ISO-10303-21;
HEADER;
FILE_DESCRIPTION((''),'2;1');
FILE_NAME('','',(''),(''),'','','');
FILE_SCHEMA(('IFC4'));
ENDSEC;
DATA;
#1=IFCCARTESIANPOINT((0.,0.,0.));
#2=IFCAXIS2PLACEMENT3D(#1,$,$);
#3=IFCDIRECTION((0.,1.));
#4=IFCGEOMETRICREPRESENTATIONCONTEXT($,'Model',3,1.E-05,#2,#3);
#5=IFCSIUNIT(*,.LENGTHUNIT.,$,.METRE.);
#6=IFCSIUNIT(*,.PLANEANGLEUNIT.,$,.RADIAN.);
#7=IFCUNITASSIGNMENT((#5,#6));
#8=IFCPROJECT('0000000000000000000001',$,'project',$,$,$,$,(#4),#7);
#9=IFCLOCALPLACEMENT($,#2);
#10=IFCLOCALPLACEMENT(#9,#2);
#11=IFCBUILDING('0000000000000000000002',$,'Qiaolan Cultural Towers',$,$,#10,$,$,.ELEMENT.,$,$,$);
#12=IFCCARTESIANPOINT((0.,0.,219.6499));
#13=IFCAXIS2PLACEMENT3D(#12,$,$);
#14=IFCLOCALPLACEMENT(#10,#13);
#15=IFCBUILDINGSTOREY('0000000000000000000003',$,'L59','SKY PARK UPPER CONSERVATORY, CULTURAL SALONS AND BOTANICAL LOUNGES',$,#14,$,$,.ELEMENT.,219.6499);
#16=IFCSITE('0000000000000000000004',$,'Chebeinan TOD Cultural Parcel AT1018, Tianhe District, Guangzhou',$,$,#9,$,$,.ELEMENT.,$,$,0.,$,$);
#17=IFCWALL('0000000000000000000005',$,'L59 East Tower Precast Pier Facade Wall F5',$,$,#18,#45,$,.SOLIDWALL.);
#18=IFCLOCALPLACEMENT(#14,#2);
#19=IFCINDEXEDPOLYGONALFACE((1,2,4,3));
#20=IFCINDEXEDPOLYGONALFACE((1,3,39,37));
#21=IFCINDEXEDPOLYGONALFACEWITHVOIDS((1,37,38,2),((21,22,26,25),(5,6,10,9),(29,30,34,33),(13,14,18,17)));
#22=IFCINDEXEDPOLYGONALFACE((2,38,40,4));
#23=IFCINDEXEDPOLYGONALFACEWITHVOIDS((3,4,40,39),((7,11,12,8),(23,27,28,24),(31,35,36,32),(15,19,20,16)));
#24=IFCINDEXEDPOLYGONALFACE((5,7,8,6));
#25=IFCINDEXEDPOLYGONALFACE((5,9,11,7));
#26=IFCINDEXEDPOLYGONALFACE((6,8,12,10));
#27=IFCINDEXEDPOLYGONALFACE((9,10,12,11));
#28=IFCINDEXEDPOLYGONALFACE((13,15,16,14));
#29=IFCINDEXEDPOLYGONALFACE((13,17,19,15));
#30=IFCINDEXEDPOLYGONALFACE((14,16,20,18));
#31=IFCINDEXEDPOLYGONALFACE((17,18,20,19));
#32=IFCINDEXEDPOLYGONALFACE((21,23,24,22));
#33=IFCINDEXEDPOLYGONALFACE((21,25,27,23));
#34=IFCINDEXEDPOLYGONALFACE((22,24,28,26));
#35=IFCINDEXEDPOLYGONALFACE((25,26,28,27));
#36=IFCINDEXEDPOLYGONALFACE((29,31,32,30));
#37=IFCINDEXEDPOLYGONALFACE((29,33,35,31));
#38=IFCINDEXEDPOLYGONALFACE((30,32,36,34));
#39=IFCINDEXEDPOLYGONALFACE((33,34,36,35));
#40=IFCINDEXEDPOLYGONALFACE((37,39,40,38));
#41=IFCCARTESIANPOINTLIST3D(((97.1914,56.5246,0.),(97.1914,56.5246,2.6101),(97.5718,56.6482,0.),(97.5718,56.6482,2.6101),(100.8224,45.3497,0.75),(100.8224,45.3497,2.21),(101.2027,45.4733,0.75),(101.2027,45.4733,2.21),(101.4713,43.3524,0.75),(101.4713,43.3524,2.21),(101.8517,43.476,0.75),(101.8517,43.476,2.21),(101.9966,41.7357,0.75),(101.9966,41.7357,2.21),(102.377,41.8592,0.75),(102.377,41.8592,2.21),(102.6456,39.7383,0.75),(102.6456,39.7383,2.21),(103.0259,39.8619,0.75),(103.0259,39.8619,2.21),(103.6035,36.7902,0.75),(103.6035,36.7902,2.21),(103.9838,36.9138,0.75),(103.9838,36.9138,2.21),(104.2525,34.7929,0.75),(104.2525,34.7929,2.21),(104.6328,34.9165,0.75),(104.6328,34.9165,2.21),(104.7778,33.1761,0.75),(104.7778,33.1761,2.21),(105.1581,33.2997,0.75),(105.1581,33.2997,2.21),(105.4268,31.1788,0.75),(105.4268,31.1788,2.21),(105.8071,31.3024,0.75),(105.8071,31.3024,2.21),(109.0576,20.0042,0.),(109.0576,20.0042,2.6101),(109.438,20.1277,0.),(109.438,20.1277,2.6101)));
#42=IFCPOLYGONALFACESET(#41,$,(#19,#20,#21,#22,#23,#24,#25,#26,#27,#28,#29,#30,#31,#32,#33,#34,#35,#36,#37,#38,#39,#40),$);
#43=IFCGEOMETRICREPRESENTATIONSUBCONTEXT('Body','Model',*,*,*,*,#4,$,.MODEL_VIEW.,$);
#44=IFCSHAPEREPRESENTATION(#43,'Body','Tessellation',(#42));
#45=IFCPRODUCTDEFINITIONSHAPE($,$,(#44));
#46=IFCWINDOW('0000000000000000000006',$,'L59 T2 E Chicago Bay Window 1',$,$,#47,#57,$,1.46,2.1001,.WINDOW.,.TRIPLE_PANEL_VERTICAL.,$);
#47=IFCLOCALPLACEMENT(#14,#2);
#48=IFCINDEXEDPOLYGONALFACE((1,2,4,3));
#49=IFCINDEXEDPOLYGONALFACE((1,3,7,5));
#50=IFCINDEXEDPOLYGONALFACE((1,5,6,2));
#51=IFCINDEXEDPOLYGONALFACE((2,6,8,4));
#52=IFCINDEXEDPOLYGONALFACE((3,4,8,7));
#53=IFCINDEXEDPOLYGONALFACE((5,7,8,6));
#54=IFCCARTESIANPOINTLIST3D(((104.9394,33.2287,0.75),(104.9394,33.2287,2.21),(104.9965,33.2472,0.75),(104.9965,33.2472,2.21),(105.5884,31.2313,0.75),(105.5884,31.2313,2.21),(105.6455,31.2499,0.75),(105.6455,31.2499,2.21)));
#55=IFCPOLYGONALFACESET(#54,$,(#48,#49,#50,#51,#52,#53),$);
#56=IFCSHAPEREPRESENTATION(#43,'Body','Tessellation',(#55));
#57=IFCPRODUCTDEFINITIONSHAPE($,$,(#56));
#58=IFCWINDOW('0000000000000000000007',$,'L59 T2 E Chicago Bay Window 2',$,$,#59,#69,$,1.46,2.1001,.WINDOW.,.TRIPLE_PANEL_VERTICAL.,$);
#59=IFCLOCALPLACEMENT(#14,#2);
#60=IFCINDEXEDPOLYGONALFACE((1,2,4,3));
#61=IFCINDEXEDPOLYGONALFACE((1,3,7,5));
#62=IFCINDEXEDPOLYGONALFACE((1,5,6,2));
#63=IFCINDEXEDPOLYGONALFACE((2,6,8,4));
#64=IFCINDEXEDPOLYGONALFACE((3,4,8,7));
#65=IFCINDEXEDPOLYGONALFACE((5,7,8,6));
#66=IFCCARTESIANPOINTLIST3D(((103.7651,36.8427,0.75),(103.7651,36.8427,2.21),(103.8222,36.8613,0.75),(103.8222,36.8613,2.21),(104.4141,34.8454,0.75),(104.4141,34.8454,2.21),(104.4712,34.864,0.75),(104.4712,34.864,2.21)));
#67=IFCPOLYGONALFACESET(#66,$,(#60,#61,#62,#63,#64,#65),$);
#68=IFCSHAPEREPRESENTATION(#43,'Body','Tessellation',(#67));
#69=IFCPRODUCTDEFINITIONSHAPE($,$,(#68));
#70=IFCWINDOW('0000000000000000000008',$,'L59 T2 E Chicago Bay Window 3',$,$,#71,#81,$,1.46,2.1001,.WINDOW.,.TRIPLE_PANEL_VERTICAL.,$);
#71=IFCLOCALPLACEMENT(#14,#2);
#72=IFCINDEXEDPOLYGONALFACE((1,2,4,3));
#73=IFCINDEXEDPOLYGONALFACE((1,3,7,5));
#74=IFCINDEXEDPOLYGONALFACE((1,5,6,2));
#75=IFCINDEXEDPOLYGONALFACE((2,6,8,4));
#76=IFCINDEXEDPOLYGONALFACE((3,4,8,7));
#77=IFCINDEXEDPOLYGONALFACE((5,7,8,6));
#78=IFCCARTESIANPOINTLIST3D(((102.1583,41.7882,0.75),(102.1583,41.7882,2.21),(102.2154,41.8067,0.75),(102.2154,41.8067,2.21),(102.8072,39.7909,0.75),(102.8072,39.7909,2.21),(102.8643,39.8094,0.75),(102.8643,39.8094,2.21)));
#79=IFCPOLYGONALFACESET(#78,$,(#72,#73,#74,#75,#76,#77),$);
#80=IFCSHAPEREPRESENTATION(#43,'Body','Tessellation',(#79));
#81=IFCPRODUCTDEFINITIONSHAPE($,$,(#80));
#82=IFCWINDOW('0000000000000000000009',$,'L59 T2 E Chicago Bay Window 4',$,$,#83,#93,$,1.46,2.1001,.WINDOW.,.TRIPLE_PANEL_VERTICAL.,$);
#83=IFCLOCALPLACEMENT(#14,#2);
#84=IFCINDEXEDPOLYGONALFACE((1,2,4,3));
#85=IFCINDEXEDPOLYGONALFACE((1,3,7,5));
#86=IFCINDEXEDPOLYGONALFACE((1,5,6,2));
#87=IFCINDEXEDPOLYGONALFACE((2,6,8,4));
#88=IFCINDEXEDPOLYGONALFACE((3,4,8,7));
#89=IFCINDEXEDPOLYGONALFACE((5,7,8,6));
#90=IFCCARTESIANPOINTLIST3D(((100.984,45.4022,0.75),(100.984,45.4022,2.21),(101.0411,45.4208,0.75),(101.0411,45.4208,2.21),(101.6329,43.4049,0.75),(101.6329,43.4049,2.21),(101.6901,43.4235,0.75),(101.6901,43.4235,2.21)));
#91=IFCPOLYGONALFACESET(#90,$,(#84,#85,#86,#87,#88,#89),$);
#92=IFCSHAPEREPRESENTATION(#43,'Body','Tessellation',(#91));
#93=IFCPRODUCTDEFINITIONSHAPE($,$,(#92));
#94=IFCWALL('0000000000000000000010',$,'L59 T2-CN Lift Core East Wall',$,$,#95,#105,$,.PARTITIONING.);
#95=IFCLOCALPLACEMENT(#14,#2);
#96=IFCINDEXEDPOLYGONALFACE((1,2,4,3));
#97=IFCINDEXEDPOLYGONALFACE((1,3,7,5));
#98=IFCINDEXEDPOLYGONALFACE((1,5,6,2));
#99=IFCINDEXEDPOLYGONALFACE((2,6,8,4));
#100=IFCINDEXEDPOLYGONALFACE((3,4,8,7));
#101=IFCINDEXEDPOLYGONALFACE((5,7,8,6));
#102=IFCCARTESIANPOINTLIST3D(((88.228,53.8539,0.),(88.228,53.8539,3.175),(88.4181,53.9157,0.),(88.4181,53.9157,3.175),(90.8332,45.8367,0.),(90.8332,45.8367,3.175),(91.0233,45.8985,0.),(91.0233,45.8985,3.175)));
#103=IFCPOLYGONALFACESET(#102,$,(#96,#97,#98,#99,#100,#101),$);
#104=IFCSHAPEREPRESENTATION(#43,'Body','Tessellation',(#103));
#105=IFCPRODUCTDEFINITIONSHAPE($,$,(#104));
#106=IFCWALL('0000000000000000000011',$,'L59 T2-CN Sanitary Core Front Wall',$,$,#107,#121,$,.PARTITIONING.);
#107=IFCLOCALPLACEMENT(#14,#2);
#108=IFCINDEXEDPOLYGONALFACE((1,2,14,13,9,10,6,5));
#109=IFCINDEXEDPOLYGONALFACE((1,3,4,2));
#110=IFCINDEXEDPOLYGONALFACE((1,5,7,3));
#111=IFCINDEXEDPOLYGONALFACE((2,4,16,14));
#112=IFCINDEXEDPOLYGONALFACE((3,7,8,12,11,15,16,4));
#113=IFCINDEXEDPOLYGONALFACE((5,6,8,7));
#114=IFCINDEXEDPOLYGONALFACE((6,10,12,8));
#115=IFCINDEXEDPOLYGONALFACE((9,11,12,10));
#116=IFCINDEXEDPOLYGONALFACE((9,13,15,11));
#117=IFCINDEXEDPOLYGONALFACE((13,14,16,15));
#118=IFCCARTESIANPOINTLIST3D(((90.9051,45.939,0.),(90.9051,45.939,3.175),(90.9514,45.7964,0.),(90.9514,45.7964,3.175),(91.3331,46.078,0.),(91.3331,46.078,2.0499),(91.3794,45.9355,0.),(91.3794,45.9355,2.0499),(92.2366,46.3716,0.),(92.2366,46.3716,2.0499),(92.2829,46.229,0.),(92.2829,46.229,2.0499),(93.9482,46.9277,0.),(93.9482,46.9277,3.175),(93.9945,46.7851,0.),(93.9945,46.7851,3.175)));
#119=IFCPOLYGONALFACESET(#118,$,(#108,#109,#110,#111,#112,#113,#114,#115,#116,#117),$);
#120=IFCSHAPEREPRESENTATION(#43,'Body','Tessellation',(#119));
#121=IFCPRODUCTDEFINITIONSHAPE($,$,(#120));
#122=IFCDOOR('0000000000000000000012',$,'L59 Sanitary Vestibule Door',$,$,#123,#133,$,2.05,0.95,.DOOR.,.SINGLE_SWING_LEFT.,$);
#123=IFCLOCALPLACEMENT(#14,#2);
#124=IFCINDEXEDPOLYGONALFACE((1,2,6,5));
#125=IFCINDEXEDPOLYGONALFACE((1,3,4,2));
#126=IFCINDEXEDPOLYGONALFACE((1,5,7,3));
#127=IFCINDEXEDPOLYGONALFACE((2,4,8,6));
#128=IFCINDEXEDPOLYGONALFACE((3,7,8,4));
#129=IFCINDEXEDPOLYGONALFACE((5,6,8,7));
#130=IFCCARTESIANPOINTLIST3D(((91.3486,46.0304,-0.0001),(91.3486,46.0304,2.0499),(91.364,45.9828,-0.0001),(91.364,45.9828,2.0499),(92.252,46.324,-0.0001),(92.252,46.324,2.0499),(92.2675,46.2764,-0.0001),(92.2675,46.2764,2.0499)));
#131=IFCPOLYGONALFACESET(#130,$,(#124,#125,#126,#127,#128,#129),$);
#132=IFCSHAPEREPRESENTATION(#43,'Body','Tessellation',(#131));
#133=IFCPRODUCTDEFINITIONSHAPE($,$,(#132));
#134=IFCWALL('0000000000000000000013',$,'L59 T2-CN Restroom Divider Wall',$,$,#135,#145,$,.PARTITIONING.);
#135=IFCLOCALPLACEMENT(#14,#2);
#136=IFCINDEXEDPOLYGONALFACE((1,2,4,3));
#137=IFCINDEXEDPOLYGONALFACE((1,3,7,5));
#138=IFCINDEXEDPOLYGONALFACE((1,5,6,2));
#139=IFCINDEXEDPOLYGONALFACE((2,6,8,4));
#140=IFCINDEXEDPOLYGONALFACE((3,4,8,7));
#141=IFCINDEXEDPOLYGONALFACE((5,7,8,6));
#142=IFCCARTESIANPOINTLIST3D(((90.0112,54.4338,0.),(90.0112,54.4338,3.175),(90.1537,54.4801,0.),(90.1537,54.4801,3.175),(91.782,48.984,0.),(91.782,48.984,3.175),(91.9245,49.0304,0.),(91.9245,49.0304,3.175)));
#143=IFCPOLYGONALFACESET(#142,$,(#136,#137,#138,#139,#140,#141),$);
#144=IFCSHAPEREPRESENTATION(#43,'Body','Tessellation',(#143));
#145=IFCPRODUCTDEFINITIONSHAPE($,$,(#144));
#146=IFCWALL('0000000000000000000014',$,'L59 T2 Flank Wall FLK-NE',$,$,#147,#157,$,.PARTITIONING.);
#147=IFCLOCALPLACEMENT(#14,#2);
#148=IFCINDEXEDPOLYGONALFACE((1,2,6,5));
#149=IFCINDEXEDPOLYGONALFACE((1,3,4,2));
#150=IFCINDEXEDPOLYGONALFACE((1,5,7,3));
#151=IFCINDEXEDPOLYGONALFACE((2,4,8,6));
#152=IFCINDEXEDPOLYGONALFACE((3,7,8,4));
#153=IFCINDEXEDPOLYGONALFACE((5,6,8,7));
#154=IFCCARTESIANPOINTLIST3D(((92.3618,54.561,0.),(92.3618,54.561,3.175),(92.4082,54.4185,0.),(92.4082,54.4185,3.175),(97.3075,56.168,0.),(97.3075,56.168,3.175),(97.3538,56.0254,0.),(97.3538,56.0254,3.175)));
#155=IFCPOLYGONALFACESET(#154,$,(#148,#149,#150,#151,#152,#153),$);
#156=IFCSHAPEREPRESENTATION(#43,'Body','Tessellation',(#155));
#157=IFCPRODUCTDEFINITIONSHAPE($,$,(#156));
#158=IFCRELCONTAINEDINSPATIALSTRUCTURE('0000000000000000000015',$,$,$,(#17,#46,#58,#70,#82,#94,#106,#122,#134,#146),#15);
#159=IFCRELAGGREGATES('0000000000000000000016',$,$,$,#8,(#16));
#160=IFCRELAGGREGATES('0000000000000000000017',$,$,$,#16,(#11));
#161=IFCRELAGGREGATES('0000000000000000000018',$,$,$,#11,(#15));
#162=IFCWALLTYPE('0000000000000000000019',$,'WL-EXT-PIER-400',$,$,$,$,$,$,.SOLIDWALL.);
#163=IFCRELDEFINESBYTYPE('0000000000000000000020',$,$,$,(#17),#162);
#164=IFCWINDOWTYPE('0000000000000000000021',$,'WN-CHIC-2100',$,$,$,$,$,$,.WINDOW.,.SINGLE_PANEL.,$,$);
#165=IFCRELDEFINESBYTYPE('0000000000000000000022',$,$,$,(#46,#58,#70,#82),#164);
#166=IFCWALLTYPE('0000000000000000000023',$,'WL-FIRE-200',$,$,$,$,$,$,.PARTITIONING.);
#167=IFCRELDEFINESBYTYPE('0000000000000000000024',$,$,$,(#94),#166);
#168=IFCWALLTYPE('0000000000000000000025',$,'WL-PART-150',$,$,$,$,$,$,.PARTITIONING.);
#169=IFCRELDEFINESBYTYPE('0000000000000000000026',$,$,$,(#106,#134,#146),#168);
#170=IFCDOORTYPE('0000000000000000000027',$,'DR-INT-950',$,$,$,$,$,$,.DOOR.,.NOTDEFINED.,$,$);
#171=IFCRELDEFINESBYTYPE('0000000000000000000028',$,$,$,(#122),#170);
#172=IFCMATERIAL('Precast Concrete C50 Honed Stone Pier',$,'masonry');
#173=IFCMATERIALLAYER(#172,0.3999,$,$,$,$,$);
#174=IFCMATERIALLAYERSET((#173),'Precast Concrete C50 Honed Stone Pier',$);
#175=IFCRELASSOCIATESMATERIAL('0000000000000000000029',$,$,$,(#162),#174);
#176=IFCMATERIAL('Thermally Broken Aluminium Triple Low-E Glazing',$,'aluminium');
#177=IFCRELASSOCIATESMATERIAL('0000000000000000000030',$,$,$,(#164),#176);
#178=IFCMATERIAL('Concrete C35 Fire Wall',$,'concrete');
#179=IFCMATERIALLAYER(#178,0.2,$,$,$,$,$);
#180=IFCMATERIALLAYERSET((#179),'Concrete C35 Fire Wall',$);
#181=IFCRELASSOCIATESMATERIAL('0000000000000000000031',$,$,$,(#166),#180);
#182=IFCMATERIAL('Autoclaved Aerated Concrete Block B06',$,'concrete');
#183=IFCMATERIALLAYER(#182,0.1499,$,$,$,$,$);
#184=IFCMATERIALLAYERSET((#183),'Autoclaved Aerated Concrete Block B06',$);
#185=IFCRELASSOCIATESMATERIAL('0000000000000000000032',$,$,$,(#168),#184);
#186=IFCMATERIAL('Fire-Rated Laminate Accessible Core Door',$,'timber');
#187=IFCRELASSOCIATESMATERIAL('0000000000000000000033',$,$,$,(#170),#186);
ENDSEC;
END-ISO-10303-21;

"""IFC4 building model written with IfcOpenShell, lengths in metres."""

from ifc_helpers import new_model, si_unit, direction, frame, frame_2d, origin, place, context, subcontext, project, spatial, rectangle, extrude, material, layer, layer_set, type_object, element, fill, save


model = new_model("IFC4")

# Units and contexts
model_context = context("Model", 3, precision=1e-05, world=origin(), true_north=direction((0.0, 1.0)))
body_context = subcontext(model_context, "Body", "Model", "MODEL_VIEW")
ifc_project = project(units=[si_unit("LENGTHUNIT", "METRE"), si_unit("PLANEANGLEUNIT", "RADIAN")], contexts=[model_context])

# Site, building, storey
site_placement = place(None, origin())
site = spatial("IfcSite", under=ifc_project, at=site_placement, Name="Chebeinan TOD Cultural Parcel AT1018, Tianhe District, Guangzhou", CompositionType="ELEMENT", RefElevation=0.0)
building_placement = place(site_placement, origin())
building = spatial("IfcBuilding", under=site, at=building_placement, Name="Qiaolan Cultural Towers", CompositionType="ELEMENT")
storey_placement = place(building_placement, frame((0.0, 0.0, 219.6499)))
storey = spatial("IfcBuildingStorey", under=building, at=storey_placement, Name="L59", Description="SKY PARK UPPER CONSERVATORY, CULTURAL SALONS AND BOTANICAL LOUNGES", CompositionType="ELEMENT", Elevation=219.6499)

# Shared definitions
ifc_material_1 = material(Name="Precast Concrete C50 Honed Stone Pier", Category="masonry")
ifc_layer_1 = layer(ifc_material_1, 0.3999)
ifc_layer_set_1 = layer_set([ifc_layer_1], Name="Precast Concrete C50 Honed Stone Pier")
wall_type_1 = type_object("IfcWallType", Name="WL-EXT-PIER-400", PredefinedType="SOLIDWALL", material=ifc_layer_set_1)

# Wall, openings, windows
wall_1_placement = place(storey_placement, frame((97.3816, 56.5864, 0.0), z_axis=(0.0, 0.0, 1.0), x_axis=(0.309016, -0.951057, 0.0)))
wall_1 = element("IfcWall", 1, at=wall_1_placement, inside=storey, type_object=wall_type_1, Name="L59 East Tower Precast Pier Facade Wall F5", PredefinedType="SOLIDWALL", context=body_context, shape_type="SweptSolid", body=[
    extrude(rectangle(XDim=38.3999, YDim=0.3999, at=frame_2d((19.2, 0.0))), origin(), (0.0, 0.0, 1.0), 2.6101),
])
opening_1_placement = place(wall_1_placement, frame((24.55, 0.0, 0.75)))
opening_1 = element("IfcOpeningElement", 2, at=opening_1_placement, cuts=wall_1, PredefinedType="OPENING", context=body_context, shape_type="SweptSolid", body=[
    extrude(rectangle(XDim=2.1001, YDim=1.46, at=frame_2d((1.05, 0.73))), frame((0.0, 0.21, 0.0), z_axis=(0.0, -1.0, 0.0), x_axis=(1.0, 0.0, 0.0)), (0.0, 0.0, 1.0), 0.4199),
])
opening_2_placement = place(wall_1_placement, frame((20.75, 0.0, 0.75)))
opening_2 = element("IfcOpeningElement", 3, at=opening_2_placement, cuts=wall_1, PredefinedType="OPENING", context=body_context, shape_type="SweptSolid", body=[
    extrude(rectangle(XDim=2.1001, YDim=1.46, at=frame_2d((1.05, 0.73))), frame((0.0, 0.21, 0.0), z_axis=(0.0, -1.0, 0.0), x_axis=(1.0, 0.0, 0.0)), (0.0, 0.0, 1.0), 0.4199),
])
opening_3_placement = place(wall_1_placement, frame((15.55, 0.0, 0.75)))
opening_3 = element("IfcOpeningElement", 4, at=opening_3_placement, cuts=wall_1, PredefinedType="OPENING", context=body_context, shape_type="SweptSolid", body=[
    extrude(rectangle(XDim=2.1001, YDim=1.46, at=frame_2d((1.05, 0.73))), frame((0.0, 0.21, 0.0), z_axis=(0.0, -1.0, 0.0), x_axis=(1.0, 0.0, 0.0)), (0.0, 0.0, 1.0), 0.4199),
])
opening_4_placement = place(wall_1_placement, frame((11.75, 0.0, 0.75)))
opening_4 = element("IfcOpeningElement", 5, at=opening_4_placement, cuts=wall_1, PredefinedType="OPENING", context=body_context, shape_type="SweptSolid", body=[
    extrude(rectangle(XDim=2.1001, YDim=1.46, at=frame_2d((1.05, 0.73))), frame((0.0, 0.21, 0.0), z_axis=(0.0, -1.0, 0.0), x_axis=(1.0, 0.0, 0.0)), (0.0, 0.0, 1.0), 0.4199),
])
ifc_material_2 = material(Name="Thermally Broken Aluminium Triple Low-E Glazing", Category="aluminium")
window_type = type_object("IfcWindowType", Name="WN-CHIC-2100", PartitioningType="SINGLE_PANEL", PredefinedType="WINDOW", material=ifc_material_2)
window_1_placement = place(opening_1_placement, origin())
window_1 = element("IfcWindow", 6, at=window_1_placement, inside=storey, type_object=window_type, Name="L59 T2 E Chicago Bay Window 1", OverallHeight=1.46, OverallWidth=2.1001, PartitioningType="TRIPLE_PANEL_VERTICAL", PredefinedType="WINDOW", context=body_context, shape_type="SweptSolid", body=[
    extrude(rectangle(XDim=2.1001, YDim=1.46, at=frame_2d((1.05, 0.73))), frame((0.0, 0.03, 0.0), z_axis=(0.0, -1.0, 0.0), x_axis=(1.0, 0.0, 0.0)), (0.0, 0.0, 1.0), 0.0601),
])
fill(opening_1, window_1)
window_2_placement = place(opening_2_placement, origin())
window_2 = element("IfcWindow", 7, at=window_2_placement, inside=storey, type_object=window_type, Name="L59 T2 E Chicago Bay Window 2", OverallHeight=1.46, OverallWidth=2.1001, PartitioningType="TRIPLE_PANEL_VERTICAL", PredefinedType="WINDOW", context=body_context, shape_type="SweptSolid", body=[
    extrude(rectangle(XDim=2.1001, YDim=1.46, at=frame_2d((1.05, 0.73))), frame((0.0, 0.03, 0.0), z_axis=(0.0, -1.0, 0.0), x_axis=(1.0, 0.0, 0.0)), (0.0, 0.0, 1.0), 0.0601),
])
fill(opening_2, window_2)
window_3_placement = place(opening_3_placement, origin())
window_3 = element("IfcWindow", 8, at=window_3_placement, inside=storey, type_object=window_type, Name="L59 T2 E Chicago Bay Window 3", OverallHeight=1.46, OverallWidth=2.1001, PartitioningType="TRIPLE_PANEL_VERTICAL", PredefinedType="WINDOW", context=body_context, shape_type="SweptSolid", body=[
    extrude(rectangle(XDim=2.1001, YDim=1.46, at=frame_2d((1.05, 0.73))), frame((0.0, 0.03, 0.0), z_axis=(0.0, -1.0, 0.0), x_axis=(1.0, 0.0, 0.0)), (0.0, 0.0, 1.0), 0.0601),
])
fill(opening_3, window_3)
window_4_placement = place(opening_4_placement, origin())
window_4 = element("IfcWindow", 9, at=window_4_placement, inside=storey, type_object=window_type, Name="L59 T2 E Chicago Bay Window 4", OverallHeight=1.46, OverallWidth=2.1001, PartitioningType="TRIPLE_PANEL_VERTICAL", PredefinedType="WINDOW", context=body_context, shape_type="SweptSolid", body=[
    extrude(rectangle(XDim=2.1001, YDim=1.46, at=frame_2d((1.05, 0.73))), frame((0.0, 0.03, 0.0), z_axis=(0.0, -1.0, 0.0), x_axis=(1.0, 0.0, 0.0)), (0.0, 0.0, 1.0), 0.0601),
])
fill(opening_4, window_4)

# Wall
ifc_material_3 = material(Name="Concrete C35 Fire Wall", Category="concrete")
ifc_layer_2 = layer(ifc_material_3, 0.2)
ifc_layer_set_2 = layer_set([ifc_layer_2], Name="Concrete C35 Fire Wall")
wall_type_2 = type_object("IfcWallType", Name="WL-FIRE-200", PredefinedType="PARTITIONING", material=ifc_layer_set_2)
wall_2_placement = place(storey_placement, frame((90.9282, 45.8677, 0.0), z_axis=(0.0, 0.0, 1.0), x_axis=(-0.309042, 0.951048, 0.0)))
element("IfcWall", 10, at=wall_2_placement, inside=storey, type_object=wall_type_2, Name="L59 T2-CN Lift Core East Wall", PredefinedType="PARTITIONING", context=body_context, shape_type="SweptSolid", body=[
    extrude(rectangle(XDim=8.4299, YDim=0.2, at=frame_2d((4.2148, 0.0))), origin(), (0.0, 0.0, 1.0), 3.175),
])

# Wall, opening, door
ifc_material_4 = material(Name="Autoclaved Aerated Concrete Block B06", Category="concrete")
ifc_layer_3 = layer(ifc_material_4, 0.1499)
ifc_layer_set_3 = layer_set([ifc_layer_3], Name="Autoclaved Aerated Concrete Block B06")
wall_type_3 = type_object("IfcWallType", Name="WL-PART-150", PredefinedType="PARTITIONING", material=ifc_layer_set_3)
wall_3_placement = place(storey_placement, frame((90.9282, 45.8677, 0.0), z_axis=(0.0, 0.0, 1.0), x_axis=(0.951059, 0.309008, 0.0)))
wall_3 = element("IfcWall", 11, at=wall_3_placement, inside=storey, type_object=wall_type_3, Name="L59 T2-CN Sanitary Core Front Wall", PredefinedType="PARTITIONING", context=body_context, shape_type="SweptSolid", body=[
    extrude(rectangle(XDim=3.1997, YDim=0.1499, at=frame_2d((1.5999, 0.0))), origin(), (0.0, 0.0, 1.0), 3.175),
])
opening_5_placement = place(wall_3_placement, frame((0.45, 0.0, 0.0)))
opening_5 = element("IfcOpeningElement", 12, at=opening_5_placement, cuts=wall_3, PredefinedType="OPENING", context=body_context, shape_type="SweptSolid", body=[
    extrude(rectangle(XDim=0.95, YDim=2.05, at=frame_2d((0.4751, 1.0249))), frame((0.0, 0.085, 0.0), z_axis=(0.0, -1.0, 0.0), x_axis=(1.0, 0.0, 0.0)), (0.0, 0.0, 1.0), 0.1699),
])
ifc_material_5 = material(Name="Fire-Rated Laminate Accessible Core Door", Category="timber")
door_type_1 = type_object("IfcDoorType", Name="DR-INT-950", OperationType="NOTDEFINED", PredefinedType="DOOR", material=ifc_material_5)
door_1_placement = place(opening_5_placement, origin())
door_1 = element("IfcDoor", 13, at=door_1_placement, inside=storey, type_object=door_type_1, Name="L59 Sanitary Vestibule Door", OperationType="SINGLE_SWING_LEFT", OverallHeight=2.05, OverallWidth=0.95, PredefinedType="DOOR", context=body_context, shape_type="SweptSolid", body=[
    extrude(rectangle(XDim=0.95, YDim=2.05, at=frame_2d((0.4751, 1.0249))), frame((0.0, 0.0249, 0.0), z_axis=(0.0, -1.0, 0.0), x_axis=(1.0, 0.0, 0.0)), (0.0, 0.0, 1.0), 0.05),
])
fill(opening_5, door_1)

# Walls
wall_4_placement = place(storey_placement, frame((91.8533, 49.0071, 0.0), z_axis=(0.0, 0.0, 1.0), x_axis=(-0.309022, 0.951055, 0.0)))
element("IfcWall", 14, at=wall_4_placement, inside=storey, type_object=wall_type_3, Name="L59 T2-CN Restroom Divider Wall", PredefinedType="PARTITIONING", context=body_context, shape_type="SweptSolid", body=[
    extrude(rectangle(XDim=5.7302, YDim=0.1499, at=frame_2d((2.8652, 0.0))), origin(), (0.0, 0.0, 1.0), 3.175),
])
wall_5_placement = place(storey_placement, frame((92.385, 54.4897, 0.0), z_axis=(0.0, 0.0, 1.0), x_axis=(0.951055, 0.309021, 0.0)))
element("IfcWall", 15, at=wall_5_placement, inside=storey, type_object=wall_type_3, Name="L59 T2 Flank Wall FLK-NE", PredefinedType="PARTITIONING", context=body_context, shape_type="SweptSolid", body=[
    extrude(rectangle(XDim=5.2002, YDim=0.1499, at=frame_2d((2.6001, 0.0))), origin(), (0.0, 0.0, 1.0), 3.175),
])

save(model, "model.ifc")
